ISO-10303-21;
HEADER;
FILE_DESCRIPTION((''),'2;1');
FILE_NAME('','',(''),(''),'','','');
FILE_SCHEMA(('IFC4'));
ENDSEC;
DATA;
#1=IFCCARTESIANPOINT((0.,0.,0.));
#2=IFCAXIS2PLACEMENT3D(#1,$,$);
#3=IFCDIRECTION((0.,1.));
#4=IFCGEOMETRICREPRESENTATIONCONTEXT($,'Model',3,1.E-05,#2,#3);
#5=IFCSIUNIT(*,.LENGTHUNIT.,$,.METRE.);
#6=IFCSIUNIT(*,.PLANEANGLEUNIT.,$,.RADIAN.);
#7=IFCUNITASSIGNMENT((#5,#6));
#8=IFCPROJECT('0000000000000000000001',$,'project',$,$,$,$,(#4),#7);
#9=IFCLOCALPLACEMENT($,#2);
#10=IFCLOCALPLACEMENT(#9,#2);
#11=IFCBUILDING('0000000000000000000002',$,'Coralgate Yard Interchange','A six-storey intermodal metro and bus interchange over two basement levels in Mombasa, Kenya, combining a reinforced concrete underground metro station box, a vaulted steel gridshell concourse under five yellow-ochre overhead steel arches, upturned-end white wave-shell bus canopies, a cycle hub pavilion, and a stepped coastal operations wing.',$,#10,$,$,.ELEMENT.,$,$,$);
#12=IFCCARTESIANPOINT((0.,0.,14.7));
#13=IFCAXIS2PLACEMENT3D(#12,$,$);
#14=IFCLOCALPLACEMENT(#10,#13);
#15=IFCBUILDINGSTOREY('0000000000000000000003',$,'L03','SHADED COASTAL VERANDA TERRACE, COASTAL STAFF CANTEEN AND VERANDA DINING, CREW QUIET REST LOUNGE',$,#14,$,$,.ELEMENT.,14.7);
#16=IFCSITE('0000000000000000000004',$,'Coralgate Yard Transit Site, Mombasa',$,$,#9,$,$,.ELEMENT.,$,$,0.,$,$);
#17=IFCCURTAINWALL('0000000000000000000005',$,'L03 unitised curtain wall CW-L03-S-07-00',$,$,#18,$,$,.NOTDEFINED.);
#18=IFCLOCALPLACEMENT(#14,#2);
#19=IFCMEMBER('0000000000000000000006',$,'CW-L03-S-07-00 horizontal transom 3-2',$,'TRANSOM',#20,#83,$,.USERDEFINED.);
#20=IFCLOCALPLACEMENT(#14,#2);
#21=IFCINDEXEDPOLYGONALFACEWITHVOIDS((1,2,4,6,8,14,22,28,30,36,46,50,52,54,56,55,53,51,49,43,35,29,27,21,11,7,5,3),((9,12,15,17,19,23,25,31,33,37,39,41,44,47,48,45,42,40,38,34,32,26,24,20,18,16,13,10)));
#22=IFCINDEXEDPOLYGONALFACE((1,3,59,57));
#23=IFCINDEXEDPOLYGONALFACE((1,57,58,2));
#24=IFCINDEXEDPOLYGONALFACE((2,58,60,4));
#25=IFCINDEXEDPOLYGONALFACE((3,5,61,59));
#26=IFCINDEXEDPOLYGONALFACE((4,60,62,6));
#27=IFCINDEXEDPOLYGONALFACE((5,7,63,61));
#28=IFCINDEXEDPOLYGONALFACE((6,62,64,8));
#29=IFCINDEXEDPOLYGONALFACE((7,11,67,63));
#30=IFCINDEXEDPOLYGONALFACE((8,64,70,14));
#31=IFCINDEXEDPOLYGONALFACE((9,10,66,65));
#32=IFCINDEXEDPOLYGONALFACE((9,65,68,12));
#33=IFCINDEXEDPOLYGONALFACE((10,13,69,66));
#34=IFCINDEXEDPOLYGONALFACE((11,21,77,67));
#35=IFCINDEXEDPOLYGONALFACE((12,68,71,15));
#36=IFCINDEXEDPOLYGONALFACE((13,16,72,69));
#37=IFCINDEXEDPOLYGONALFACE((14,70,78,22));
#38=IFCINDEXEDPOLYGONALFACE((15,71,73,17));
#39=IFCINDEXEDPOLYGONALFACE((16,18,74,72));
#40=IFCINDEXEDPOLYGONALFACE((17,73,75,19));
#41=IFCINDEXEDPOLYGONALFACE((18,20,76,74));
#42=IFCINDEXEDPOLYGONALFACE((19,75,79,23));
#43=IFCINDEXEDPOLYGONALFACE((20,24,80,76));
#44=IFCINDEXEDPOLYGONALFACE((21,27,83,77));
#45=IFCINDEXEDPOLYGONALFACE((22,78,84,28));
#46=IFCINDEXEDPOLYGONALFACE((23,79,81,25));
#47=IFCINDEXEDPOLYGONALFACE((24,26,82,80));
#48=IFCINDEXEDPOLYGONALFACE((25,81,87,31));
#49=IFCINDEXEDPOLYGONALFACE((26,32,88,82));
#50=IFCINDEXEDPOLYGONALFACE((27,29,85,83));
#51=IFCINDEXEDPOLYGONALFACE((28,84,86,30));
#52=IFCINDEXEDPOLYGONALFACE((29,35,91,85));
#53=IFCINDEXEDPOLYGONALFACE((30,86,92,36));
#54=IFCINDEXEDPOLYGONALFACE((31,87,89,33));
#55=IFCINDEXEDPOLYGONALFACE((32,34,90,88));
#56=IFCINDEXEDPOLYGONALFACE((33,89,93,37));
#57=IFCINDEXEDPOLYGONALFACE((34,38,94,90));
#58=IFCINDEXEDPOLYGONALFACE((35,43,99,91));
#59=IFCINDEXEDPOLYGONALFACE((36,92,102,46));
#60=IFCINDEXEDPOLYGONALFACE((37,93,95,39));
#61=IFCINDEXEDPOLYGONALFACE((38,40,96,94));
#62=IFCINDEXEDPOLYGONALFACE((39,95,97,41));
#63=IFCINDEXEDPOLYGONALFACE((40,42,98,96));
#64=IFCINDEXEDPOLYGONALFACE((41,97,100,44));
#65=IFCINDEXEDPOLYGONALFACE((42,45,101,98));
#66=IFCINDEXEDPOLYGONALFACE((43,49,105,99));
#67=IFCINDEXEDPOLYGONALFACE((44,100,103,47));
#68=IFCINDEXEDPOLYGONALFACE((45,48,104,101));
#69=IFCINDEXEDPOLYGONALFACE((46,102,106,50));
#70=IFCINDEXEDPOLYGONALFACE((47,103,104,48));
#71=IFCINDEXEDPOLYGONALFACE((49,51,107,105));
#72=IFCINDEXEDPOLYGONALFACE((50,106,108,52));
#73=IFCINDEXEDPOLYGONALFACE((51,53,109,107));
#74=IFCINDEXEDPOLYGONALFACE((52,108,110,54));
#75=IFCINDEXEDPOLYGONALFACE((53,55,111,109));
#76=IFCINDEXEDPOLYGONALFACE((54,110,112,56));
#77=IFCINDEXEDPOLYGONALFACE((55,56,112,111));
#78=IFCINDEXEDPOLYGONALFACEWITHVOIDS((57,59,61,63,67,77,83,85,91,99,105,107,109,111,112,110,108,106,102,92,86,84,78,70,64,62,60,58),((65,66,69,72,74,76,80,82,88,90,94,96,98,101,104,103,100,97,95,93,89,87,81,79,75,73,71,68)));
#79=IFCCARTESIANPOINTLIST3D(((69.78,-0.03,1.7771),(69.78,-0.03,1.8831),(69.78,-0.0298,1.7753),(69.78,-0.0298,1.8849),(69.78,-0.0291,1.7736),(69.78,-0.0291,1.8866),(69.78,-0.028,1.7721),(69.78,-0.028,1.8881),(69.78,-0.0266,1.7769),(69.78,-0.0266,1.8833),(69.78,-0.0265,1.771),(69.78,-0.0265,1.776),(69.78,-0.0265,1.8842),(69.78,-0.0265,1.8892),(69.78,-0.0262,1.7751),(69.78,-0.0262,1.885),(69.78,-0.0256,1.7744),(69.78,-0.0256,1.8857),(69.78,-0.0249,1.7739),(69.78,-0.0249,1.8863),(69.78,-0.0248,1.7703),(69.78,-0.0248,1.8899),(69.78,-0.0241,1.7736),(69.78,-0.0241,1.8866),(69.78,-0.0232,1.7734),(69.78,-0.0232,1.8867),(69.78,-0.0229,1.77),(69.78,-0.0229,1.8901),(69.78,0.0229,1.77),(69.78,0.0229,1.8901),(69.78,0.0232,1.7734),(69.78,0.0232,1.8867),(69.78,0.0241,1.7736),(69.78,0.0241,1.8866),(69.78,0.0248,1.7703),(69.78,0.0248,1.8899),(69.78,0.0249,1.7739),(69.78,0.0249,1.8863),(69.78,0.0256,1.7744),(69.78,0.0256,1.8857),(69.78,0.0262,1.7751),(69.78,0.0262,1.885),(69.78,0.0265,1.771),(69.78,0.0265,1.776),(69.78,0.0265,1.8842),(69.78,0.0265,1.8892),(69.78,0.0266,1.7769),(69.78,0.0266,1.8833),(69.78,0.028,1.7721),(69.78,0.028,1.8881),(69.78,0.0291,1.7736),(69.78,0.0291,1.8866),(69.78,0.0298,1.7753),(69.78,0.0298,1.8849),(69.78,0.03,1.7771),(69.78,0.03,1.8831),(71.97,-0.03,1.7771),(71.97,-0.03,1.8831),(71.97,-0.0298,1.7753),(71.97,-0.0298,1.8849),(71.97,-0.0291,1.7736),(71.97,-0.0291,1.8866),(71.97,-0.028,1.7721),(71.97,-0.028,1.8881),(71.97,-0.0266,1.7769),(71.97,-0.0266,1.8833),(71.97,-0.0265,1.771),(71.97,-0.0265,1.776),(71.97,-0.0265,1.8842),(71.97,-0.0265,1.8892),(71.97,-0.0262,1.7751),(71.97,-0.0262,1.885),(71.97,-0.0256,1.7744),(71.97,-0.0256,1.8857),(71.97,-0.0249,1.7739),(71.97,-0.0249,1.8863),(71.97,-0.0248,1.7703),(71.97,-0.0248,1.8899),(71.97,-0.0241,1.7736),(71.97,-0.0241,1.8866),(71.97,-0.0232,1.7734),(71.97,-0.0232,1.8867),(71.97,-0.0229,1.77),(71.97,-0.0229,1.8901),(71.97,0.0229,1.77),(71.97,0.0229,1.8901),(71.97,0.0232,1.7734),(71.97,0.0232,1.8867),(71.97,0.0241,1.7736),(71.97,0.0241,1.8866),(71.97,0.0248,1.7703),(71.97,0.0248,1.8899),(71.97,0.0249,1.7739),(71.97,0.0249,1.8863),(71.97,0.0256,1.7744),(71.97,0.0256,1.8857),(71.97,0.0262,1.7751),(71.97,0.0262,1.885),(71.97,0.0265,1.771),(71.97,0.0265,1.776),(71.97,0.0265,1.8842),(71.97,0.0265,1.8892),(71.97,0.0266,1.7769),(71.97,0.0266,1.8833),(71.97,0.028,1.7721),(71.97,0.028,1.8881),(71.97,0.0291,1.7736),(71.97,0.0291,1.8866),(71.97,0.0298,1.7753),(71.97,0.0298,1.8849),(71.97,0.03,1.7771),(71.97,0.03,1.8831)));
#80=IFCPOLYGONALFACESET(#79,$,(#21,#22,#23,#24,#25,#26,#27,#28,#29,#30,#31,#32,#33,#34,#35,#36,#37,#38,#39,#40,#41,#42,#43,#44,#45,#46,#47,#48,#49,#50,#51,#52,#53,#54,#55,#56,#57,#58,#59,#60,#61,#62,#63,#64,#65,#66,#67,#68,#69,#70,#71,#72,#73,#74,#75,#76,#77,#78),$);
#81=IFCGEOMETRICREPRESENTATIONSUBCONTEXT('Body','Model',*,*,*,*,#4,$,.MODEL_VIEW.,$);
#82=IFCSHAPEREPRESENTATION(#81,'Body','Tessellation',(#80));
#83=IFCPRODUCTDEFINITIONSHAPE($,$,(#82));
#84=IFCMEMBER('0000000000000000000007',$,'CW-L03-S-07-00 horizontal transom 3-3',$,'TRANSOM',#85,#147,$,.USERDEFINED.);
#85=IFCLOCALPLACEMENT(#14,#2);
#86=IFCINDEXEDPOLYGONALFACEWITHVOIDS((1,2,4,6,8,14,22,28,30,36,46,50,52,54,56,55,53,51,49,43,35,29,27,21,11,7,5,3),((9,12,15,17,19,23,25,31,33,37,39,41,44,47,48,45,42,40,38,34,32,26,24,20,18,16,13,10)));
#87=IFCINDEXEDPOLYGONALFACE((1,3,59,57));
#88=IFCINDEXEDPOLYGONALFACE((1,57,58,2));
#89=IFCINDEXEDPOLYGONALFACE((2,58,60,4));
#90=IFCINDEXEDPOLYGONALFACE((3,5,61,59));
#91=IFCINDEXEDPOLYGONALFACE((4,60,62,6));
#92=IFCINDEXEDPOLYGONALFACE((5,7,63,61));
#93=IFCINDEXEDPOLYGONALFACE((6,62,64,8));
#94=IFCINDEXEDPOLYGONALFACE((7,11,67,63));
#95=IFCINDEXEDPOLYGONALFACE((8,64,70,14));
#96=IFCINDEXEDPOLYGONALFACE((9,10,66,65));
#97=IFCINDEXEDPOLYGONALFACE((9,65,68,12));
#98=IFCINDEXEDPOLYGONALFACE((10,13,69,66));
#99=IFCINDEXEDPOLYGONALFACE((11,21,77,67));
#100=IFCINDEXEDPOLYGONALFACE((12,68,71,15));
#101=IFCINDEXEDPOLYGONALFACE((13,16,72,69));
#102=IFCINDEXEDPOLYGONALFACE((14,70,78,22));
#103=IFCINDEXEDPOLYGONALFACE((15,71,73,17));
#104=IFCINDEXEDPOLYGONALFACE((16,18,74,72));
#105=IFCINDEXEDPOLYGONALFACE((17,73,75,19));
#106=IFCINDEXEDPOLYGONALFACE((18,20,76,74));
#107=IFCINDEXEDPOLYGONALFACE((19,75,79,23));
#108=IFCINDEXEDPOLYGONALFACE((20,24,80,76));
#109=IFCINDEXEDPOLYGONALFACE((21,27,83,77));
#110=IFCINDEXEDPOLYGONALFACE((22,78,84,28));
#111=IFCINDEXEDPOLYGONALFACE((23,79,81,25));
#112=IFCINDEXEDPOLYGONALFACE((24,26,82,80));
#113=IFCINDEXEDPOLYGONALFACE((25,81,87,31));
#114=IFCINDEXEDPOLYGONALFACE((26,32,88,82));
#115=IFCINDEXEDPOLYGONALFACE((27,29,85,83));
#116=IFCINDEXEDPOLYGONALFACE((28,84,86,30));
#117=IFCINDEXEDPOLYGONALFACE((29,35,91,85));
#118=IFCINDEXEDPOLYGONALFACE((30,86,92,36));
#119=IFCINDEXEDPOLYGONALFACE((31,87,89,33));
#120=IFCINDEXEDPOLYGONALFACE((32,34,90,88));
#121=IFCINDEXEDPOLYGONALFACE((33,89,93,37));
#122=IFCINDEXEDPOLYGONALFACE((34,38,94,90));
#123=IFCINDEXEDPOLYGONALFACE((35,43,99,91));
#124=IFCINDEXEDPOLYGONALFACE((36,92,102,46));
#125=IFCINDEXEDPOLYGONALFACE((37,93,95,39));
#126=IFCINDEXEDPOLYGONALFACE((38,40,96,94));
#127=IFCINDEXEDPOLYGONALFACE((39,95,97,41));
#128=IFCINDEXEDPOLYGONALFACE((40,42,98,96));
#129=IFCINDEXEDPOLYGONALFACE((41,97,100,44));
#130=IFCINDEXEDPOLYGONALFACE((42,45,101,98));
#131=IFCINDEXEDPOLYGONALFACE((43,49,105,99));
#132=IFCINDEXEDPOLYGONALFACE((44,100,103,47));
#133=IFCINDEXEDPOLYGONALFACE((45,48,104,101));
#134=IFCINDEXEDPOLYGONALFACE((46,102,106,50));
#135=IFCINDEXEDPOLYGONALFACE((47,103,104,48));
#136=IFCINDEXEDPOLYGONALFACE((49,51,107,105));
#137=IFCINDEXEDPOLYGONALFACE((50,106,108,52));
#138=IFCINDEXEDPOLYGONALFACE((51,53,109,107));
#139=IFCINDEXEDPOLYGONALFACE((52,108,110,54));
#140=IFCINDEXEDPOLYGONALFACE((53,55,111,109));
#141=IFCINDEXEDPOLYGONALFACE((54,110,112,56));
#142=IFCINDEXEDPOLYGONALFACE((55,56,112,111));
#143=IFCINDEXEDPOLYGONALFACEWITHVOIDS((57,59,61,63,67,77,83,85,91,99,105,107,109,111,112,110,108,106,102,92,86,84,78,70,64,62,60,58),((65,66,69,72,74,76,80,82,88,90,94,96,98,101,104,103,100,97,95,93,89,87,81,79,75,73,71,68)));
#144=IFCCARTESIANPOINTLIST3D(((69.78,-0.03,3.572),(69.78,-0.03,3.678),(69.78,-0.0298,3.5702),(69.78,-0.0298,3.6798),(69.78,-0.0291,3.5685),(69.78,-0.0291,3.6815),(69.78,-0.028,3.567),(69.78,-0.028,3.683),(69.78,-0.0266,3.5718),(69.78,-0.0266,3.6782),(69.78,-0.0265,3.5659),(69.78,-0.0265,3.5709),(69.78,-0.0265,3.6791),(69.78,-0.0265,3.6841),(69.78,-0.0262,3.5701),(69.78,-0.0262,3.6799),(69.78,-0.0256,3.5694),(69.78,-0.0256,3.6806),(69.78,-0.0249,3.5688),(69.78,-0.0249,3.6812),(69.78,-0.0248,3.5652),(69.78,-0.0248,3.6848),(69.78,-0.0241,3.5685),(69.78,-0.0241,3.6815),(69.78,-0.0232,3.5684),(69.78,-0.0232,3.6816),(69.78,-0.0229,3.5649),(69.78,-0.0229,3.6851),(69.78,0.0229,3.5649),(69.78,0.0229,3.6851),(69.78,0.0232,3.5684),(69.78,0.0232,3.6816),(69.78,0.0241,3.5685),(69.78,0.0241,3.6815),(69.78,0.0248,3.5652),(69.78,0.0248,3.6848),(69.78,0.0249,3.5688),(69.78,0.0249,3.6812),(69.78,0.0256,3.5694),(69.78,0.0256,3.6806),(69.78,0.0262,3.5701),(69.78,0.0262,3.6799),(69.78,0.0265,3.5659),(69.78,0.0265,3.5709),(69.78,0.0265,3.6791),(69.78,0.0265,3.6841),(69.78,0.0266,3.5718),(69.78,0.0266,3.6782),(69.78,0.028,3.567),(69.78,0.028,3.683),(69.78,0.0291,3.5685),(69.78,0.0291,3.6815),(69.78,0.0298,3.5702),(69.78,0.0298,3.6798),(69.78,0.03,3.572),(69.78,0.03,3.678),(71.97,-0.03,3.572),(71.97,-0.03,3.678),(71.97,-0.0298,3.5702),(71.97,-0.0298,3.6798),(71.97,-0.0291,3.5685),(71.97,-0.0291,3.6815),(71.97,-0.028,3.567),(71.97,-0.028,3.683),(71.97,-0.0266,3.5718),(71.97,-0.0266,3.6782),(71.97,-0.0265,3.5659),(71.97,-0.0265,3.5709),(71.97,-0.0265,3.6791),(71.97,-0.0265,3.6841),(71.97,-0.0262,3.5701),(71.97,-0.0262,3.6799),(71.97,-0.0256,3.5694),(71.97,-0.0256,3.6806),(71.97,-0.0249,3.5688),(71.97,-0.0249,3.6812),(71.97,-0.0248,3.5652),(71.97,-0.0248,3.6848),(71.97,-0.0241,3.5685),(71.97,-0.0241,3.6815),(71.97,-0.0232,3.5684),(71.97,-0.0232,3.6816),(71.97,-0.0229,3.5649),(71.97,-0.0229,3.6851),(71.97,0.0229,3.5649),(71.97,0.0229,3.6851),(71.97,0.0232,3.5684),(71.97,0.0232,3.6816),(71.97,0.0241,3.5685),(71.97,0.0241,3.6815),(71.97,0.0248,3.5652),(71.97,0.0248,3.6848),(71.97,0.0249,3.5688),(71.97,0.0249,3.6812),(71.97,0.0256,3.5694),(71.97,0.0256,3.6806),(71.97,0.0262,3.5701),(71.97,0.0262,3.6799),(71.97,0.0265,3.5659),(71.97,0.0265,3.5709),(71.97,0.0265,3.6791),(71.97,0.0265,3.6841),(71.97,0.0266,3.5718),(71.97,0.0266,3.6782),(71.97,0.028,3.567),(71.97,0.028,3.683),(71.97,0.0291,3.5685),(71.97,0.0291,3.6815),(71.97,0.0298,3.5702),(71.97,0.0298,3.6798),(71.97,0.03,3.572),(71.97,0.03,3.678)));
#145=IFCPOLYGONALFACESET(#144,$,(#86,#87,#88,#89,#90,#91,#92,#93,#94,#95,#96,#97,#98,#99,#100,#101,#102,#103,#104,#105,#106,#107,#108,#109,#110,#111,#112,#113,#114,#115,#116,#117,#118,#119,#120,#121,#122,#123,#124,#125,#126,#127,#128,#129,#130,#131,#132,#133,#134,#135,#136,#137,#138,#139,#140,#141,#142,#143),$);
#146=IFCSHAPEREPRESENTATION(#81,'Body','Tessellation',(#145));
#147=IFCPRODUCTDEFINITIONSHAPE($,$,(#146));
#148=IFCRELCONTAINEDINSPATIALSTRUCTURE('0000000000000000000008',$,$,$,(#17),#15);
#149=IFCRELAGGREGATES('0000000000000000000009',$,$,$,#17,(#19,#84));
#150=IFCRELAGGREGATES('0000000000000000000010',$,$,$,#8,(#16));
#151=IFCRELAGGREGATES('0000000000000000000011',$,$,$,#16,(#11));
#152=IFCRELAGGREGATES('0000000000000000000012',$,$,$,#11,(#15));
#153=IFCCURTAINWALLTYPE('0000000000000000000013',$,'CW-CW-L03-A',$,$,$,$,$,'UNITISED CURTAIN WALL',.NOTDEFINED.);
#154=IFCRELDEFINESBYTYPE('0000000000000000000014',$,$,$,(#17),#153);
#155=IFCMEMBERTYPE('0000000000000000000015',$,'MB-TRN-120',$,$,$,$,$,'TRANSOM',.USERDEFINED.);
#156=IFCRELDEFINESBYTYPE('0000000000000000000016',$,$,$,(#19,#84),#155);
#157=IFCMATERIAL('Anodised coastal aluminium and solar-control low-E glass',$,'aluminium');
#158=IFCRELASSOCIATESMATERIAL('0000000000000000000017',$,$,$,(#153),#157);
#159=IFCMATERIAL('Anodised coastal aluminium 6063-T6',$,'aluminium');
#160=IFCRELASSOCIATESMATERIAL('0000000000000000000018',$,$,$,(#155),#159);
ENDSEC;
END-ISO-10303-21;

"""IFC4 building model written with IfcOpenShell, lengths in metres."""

from ifc_helpers import new_model, si_unit, direction, frame, origin, origin_2d, place, context, subcontext, project, spatial, hollow_rectangle, extrude, material, material_profile, profile_set, type_object, element, aggregate, save


model = new_model("IFC4")

# Units and contexts
model_context = context("Model", 3, precision=1e-05, world=origin(), true_north=direction((0.0, 1.0)))
body_context = subcontext(model_context, "Body", "Model", "MODEL_VIEW")
ifc_project = project(units=[si_unit("LENGTHUNIT", "METRE"), si_unit("PLANEANGLEUNIT", "RADIAN")], contexts=[model_context])

# Site, building, storey
site_placement = place(None, origin())
site = spatial("IfcSite", under=ifc_project, at=site_placement, Name="Coralgate Yard Transit Site, Mombasa", CompositionType="ELEMENT", RefElevation=0.0)
building_placement = place(site_placement, origin())
building = spatial("IfcBuilding", under=site, at=building_placement, Name="Coralgate Yard Interchange", Description="A six-storey intermodal metro and bus interchange over two basement levels in Mombasa, Kenya, combining a reinforced concrete underground metro station box, a vaulted steel gridshell concourse under five yellow-ochre overhead steel arches, upturned-end white wave-shell bus canopies, a cycle hub pavilion, and a stepped coastal operations wing.", CompositionType="ELEMENT")
storey_placement = place(building_placement, frame((0.0, 0.0, 14.7)))
storey = spatial("IfcBuildingStorey", under=building, at=storey_placement, Name="L03", Description="SHADED COASTAL VERANDA TERRACE, COASTAL STAFF CANTEEN AND VERANDA DINING, CREW QUIET REST LOUNGE", CompositionType="ELEMENT", Elevation=14.7)

# Curtain wall, members
ifc_material_1 = material(Name="Anodised coastal aluminium and solar-control low-E glass", Category="aluminium")
curtain_wall_type = type_object("IfcCurtainWallType", Name="CW-CW-L03-A", ElementType="UNITISED CURTAIN WALL", PredefinedType="NOTDEFINED", material=ifc_material_1)
curtain_wall_placement = place(storey_placement, origin())
curtain_wall = element("IfcCurtainWall", 1, at=curtain_wall_placement, inside=storey, type_object=curtain_wall_type, Name="L03 unitised curtain wall CW-L03-S-07-00", PredefinedType="NOTDEFINED")
ifc_material_2 = material(Name="Anodised coastal aluminium 6063-T6", Category="aluminium")
ifc_material_profile_1 = material_profile(ifc_material_2, hollow_rectangle(XDim=0.0601, YDim=0.1201, WallThickness=0.0034, InnerFilletRadius=0.0034, OuterFilletRadius=0.0071, at=origin_2d()), Name="ALU 60x120x3.5")
ifc_profile_set_1 = profile_set([ifc_material_profile_1], Name="Anodised coastal aluminium 6063-T6")
member_type_1 = type_object("IfcMemberType", Name="MB-TRN-120", ElementType="TRANSOM", PredefinedType="USERDEFINED", material=ifc_profile_set_1)
member_1_placement = place(storey_placement, frame((71.97, 0.0, 1.8301), z_axis=(-1.0, 0.0, 0.0), x_axis=(0.0, -1.0, 0.0)))
member_1 = element("IfcMember", 2, at=member_1_placement, type_object=member_type_1, Name="CW-L03-S-07-00 horizontal transom 3-2", ObjectType="TRANSOM", PredefinedType="USERDEFINED", context=body_context, shape_type="SweptSolid", body=[
    extrude(hollow_rectangle(XDim=0.0601, YDim=0.1201, WallThickness=0.0034, InnerFilletRadius=0.0034, OuterFilletRadius=0.0071, at=origin_2d()), origin(), (0.0, 0.0, 1.0), 2.1899),
])
member_2_placement = place(storey_placement, frame((71.97, 0.0, 3.625), z_axis=(-1.0, 0.0, 0.0), x_axis=(0.0, -1.0, 0.0)))
member_2 = element("IfcMember", 3, at=member_2_placement, type_object=member_type_1, Name="CW-L03-S-07-00 horizontal transom 3-3", ObjectType="TRANSOM", PredefinedType="USERDEFINED", context=body_context, shape_type="SweptSolid", body=[
    extrude(hollow_rectangle(XDim=0.0601, YDim=0.1201, WallThickness=0.0034, InnerFilletRadius=0.0034, OuterFilletRadius=0.0071, at=origin_2d()), origin(), (0.0, 0.0, 1.0), 2.1899),
])
aggregate(curtain_wall, [member_1, member_2])

save(model, "model.ifc")
